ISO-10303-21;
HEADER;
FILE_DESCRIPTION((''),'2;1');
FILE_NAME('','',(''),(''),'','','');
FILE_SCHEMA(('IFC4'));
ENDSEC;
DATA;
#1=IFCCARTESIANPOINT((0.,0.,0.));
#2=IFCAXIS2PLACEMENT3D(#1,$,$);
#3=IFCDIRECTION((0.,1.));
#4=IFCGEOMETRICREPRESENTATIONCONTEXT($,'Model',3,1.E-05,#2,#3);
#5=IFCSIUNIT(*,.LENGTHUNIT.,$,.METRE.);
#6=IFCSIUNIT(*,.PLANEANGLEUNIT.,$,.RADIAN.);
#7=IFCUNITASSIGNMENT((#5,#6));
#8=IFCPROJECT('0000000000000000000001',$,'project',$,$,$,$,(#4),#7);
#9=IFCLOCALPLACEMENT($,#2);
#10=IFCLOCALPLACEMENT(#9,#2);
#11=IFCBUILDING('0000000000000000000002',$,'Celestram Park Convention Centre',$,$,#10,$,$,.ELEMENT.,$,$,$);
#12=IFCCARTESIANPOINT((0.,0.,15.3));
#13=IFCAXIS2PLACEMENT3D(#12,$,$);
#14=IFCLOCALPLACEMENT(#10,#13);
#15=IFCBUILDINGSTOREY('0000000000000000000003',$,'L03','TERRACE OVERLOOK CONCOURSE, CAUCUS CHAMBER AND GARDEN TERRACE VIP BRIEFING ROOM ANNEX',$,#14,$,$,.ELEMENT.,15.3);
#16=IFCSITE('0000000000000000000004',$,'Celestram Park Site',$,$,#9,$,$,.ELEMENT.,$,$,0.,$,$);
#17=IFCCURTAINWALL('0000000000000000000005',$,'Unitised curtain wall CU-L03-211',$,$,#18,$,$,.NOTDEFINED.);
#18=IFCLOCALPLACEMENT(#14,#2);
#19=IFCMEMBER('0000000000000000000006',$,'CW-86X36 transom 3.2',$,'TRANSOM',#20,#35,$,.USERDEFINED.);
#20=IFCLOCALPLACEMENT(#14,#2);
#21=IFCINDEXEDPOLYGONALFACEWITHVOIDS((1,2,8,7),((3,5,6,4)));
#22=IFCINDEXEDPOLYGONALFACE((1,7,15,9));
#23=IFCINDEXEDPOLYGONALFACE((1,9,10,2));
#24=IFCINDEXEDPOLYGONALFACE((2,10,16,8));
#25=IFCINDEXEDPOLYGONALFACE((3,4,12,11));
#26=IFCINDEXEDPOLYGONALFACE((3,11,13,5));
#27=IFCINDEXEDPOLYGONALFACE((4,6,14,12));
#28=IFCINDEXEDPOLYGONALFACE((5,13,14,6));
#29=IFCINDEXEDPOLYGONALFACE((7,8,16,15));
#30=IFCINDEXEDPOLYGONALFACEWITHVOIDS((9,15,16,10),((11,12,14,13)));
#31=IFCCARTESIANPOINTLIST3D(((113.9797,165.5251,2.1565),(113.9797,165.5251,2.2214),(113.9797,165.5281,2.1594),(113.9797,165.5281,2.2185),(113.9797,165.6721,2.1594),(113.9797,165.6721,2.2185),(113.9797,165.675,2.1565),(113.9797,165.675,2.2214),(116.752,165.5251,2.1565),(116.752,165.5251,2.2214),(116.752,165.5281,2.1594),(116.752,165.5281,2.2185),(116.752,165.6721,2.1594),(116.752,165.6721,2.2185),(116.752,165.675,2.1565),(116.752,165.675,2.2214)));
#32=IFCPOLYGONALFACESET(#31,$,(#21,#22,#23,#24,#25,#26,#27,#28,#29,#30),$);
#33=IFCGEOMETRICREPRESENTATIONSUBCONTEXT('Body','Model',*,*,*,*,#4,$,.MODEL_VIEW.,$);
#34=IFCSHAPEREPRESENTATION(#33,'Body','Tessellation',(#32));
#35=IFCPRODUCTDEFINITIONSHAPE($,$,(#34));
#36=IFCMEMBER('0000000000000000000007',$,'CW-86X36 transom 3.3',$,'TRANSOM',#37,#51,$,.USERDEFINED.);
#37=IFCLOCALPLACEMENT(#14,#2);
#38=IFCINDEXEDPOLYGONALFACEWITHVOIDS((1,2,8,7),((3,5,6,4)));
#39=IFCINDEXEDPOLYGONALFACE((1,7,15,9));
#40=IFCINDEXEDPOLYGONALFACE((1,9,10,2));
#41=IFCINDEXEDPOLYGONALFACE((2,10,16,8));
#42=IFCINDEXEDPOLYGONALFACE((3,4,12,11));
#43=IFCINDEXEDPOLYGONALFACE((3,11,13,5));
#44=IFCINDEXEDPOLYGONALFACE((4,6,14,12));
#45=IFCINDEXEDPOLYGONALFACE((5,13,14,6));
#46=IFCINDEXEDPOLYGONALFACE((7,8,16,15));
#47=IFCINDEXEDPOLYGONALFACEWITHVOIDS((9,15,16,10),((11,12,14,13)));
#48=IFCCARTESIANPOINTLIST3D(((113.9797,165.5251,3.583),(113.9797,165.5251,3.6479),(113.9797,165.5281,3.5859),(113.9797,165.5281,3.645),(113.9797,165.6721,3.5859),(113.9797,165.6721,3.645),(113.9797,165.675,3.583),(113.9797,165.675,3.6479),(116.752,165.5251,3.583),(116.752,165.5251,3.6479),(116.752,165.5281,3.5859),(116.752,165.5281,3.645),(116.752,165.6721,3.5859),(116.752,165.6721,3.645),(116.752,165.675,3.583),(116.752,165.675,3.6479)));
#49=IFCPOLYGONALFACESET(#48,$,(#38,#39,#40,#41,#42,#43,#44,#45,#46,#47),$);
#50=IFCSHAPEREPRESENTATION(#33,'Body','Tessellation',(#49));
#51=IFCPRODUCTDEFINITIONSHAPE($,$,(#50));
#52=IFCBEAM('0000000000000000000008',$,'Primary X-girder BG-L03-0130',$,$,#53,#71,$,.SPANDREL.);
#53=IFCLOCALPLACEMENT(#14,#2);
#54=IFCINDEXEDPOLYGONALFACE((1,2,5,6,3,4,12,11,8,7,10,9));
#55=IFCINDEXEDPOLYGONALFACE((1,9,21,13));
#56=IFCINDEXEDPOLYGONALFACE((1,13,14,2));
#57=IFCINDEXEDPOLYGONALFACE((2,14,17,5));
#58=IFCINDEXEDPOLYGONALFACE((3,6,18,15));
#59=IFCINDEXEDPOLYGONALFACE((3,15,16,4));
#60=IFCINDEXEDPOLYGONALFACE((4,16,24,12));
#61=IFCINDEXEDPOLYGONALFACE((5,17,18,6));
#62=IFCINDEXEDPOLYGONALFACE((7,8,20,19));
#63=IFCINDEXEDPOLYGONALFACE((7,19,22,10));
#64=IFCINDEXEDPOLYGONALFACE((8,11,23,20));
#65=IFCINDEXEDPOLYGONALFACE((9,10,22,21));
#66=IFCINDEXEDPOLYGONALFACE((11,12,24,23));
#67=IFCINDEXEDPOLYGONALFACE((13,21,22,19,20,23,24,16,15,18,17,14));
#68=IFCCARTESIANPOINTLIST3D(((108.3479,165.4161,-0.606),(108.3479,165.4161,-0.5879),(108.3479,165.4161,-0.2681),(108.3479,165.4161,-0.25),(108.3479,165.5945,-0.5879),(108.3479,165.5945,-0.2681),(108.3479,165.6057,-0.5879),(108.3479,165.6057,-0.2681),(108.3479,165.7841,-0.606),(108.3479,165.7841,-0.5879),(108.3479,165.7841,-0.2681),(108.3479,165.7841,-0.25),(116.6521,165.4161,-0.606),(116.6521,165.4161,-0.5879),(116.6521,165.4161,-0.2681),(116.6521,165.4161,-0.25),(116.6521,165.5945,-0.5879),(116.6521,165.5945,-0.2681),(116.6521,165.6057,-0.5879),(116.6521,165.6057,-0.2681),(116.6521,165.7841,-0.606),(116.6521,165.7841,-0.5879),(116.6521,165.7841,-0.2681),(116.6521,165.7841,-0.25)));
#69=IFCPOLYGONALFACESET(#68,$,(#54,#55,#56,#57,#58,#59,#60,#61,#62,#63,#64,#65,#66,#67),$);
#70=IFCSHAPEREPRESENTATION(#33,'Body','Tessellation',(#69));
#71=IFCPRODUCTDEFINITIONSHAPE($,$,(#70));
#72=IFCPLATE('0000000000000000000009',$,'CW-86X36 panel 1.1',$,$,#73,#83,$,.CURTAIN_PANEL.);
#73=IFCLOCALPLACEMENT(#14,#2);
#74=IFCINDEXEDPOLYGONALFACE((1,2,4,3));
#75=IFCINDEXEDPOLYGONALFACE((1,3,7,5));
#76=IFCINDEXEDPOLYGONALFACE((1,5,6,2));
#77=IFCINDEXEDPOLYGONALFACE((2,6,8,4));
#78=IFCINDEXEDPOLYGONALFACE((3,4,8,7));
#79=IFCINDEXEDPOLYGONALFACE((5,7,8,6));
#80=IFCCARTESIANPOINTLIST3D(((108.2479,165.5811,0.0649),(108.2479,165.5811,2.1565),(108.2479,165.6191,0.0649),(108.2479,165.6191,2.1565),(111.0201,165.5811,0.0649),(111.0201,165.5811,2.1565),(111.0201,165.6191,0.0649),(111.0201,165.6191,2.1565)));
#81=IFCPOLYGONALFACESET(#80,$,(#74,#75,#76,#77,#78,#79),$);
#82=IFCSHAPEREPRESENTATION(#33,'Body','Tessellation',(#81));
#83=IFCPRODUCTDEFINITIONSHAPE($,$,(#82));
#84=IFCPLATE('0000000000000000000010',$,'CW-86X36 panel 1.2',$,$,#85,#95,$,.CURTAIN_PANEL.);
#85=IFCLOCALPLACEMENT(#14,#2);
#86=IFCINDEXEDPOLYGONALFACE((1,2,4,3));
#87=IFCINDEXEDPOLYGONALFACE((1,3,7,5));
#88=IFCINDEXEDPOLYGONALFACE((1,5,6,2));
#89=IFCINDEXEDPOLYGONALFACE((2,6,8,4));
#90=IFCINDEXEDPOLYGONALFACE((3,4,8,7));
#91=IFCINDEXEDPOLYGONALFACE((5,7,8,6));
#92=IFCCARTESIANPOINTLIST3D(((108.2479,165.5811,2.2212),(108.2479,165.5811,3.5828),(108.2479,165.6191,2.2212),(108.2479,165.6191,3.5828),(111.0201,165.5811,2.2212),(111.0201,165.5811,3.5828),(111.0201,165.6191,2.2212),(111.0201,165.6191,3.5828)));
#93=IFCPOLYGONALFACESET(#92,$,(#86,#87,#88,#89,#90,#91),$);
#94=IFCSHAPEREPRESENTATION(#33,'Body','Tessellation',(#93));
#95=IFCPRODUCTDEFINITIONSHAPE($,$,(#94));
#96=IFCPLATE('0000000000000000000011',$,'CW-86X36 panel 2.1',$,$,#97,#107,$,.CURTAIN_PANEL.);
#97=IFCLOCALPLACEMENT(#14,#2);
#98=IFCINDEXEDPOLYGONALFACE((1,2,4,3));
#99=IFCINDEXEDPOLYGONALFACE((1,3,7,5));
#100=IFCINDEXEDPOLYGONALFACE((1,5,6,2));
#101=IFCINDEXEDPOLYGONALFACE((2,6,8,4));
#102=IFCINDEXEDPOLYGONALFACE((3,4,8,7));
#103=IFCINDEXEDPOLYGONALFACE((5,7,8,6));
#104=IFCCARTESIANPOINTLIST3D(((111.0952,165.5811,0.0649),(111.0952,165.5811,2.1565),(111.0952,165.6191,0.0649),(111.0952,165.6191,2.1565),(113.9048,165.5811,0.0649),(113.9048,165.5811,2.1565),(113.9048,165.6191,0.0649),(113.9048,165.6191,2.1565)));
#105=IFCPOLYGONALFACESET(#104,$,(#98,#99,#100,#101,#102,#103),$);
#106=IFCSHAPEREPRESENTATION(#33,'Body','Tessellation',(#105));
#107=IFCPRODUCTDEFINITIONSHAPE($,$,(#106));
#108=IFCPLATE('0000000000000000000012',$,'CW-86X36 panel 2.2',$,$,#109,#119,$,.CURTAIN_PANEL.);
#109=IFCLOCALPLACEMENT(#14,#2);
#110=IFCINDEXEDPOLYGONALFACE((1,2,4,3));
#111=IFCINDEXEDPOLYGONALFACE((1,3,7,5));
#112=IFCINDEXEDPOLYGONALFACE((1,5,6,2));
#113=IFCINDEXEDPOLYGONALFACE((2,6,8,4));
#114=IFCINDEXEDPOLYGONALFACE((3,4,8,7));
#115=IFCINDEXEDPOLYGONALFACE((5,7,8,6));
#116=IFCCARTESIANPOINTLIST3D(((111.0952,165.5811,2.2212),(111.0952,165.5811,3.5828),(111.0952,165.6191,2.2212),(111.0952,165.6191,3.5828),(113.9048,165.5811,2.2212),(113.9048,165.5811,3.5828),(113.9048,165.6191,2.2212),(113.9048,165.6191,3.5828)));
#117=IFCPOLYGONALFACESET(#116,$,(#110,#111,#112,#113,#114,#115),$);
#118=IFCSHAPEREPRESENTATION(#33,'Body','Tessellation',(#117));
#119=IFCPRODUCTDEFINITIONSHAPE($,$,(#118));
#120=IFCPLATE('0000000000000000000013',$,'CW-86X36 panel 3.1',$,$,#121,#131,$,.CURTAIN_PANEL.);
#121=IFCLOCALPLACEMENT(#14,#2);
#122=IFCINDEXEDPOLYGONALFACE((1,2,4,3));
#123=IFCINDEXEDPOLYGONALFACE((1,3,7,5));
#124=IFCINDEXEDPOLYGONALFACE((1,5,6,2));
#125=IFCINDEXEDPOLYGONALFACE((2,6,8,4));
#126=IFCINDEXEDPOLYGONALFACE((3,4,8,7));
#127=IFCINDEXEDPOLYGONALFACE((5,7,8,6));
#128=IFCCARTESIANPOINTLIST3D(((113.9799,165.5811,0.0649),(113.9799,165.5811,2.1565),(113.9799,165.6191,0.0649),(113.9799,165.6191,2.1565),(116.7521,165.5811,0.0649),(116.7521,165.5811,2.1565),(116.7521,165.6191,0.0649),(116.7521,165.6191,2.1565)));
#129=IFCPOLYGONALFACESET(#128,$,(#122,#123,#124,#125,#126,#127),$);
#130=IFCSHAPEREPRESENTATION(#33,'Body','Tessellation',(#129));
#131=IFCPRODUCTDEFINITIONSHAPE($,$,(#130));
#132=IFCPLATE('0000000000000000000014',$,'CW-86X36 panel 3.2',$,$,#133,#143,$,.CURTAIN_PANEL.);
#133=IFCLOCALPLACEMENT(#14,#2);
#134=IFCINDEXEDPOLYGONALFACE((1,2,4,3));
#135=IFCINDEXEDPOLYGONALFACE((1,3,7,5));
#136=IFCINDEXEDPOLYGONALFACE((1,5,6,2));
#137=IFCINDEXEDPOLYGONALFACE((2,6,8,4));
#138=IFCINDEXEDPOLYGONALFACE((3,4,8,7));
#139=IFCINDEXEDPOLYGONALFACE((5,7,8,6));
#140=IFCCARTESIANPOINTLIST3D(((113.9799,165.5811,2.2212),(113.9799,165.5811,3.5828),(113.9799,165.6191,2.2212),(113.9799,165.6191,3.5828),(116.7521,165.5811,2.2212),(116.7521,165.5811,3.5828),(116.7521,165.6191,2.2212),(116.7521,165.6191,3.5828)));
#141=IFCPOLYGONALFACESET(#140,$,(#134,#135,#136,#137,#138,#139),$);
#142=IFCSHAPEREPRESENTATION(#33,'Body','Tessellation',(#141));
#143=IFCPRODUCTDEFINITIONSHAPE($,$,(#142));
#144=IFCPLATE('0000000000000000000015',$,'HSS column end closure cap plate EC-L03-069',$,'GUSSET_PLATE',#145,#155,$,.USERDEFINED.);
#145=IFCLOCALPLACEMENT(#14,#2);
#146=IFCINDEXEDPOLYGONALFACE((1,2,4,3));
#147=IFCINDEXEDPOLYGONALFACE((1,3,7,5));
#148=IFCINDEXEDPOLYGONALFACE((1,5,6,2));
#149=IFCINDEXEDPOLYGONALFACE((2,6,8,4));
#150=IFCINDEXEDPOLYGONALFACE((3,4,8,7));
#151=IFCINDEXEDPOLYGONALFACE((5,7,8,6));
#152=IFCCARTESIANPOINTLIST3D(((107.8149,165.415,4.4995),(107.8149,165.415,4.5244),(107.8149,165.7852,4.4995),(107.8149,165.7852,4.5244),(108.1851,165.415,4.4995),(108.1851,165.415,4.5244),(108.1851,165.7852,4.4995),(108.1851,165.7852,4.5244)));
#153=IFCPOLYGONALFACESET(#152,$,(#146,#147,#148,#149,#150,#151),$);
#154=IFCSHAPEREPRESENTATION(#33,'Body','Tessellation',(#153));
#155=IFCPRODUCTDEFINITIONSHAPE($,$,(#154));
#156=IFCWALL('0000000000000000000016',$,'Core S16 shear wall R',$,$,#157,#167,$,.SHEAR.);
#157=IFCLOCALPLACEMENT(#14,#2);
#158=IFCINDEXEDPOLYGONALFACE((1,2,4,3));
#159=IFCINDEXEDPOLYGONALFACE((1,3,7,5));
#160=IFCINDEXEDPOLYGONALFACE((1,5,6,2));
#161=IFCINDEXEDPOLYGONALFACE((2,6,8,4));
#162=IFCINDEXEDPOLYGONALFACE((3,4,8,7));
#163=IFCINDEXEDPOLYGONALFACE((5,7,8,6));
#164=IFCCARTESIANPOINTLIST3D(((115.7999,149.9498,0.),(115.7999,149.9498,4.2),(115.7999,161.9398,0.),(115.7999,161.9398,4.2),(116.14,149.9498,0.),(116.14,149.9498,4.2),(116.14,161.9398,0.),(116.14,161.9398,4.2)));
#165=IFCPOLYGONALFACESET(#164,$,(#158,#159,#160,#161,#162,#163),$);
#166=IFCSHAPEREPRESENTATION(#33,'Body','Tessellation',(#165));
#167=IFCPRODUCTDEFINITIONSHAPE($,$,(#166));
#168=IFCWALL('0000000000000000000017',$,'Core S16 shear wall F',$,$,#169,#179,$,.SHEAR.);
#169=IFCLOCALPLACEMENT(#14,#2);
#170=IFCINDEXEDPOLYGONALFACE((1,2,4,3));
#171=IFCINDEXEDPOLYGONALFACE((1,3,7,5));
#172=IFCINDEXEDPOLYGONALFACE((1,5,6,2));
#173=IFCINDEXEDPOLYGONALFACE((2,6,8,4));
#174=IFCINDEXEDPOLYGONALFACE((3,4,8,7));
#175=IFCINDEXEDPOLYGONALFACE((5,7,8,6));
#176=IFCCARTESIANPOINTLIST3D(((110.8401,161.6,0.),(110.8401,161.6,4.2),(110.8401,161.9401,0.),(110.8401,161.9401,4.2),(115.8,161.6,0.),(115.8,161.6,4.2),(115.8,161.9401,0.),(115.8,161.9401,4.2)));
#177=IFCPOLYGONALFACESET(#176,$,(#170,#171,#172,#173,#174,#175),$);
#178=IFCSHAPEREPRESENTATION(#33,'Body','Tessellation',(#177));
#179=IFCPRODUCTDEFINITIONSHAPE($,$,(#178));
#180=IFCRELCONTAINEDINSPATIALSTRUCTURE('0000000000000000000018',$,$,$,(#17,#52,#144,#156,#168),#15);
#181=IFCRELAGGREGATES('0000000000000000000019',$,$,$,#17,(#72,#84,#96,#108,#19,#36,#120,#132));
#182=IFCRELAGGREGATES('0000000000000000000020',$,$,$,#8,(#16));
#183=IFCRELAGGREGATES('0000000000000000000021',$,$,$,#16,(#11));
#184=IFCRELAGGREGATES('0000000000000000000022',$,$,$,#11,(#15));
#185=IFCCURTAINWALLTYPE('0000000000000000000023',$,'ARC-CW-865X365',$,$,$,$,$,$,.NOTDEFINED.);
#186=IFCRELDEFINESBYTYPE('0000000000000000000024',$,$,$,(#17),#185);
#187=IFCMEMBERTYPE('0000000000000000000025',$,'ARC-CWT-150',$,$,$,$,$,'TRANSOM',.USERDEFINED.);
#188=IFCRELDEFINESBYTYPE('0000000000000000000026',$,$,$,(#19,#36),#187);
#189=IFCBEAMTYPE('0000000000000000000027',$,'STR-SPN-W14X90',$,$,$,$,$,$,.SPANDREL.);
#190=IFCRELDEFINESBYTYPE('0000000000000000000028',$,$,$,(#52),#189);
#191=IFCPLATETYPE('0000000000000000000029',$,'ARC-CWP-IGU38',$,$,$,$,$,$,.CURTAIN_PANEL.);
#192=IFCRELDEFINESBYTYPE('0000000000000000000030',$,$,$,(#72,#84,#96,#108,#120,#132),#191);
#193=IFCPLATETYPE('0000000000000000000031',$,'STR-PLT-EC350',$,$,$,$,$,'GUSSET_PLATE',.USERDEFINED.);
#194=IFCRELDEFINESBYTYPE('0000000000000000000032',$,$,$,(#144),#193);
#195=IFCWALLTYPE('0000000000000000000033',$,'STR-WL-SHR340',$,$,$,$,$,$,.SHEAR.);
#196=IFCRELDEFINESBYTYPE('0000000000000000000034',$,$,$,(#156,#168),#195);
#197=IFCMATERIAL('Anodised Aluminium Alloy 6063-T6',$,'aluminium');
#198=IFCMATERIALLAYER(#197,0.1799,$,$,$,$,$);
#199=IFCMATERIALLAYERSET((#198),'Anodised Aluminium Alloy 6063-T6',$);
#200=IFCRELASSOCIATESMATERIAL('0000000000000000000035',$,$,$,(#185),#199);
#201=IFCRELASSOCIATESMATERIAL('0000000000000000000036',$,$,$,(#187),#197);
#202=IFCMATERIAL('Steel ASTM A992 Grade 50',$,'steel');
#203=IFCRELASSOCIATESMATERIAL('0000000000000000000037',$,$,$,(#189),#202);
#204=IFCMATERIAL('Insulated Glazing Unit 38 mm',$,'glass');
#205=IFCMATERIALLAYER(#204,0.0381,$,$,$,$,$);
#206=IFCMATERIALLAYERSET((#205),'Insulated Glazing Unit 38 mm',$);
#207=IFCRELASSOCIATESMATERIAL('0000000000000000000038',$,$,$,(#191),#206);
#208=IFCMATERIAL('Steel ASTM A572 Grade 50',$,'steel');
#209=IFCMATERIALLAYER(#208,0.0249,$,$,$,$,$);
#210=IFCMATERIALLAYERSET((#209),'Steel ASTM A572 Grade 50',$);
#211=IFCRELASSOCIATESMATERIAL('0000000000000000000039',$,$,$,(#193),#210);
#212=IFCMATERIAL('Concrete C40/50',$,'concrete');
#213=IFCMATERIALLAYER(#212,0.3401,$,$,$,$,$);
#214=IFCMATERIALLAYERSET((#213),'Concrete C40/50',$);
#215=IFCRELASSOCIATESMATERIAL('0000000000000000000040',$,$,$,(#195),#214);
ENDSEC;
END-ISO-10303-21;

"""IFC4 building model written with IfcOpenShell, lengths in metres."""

from ifc_helpers import new_model, si_unit, direction, frame, frame_2d, origin, origin_2d, place, context, subcontext, project, spatial, rectangle, hollow_rectangle, i_section, extrude, material, layer, layer_set, material_profile, profile_set, type_object, element, aggregate, save


model = new_model("IFC4")

# Units and contexts
model_context = context("Model", 3, precision=1e-05, world=origin(), true_north=direction((0.0, 1.0)))
body_context = subcontext(model_context, "Body", "Model", "MODEL_VIEW")
ifc_project = project(units=[si_unit("LENGTHUNIT", "METRE"), si_unit("PLANEANGLEUNIT", "RADIAN")], contexts=[model_context])

# Site, building, storey
site_placement = place(None, origin())
site = spatial("IfcSite", under=ifc_project, at=site_placement, Name="Celestram Park Site", CompositionType="ELEMENT", RefElevation=0.0)
building_placement = place(site_placement, origin())
building = spatial("IfcBuilding", under=site, at=building_placement, Name="Celestram Park Convention Centre", CompositionType="ELEMENT")
storey_placement = place(building_placement, frame((0.0, 0.0, 15.3)))
storey = spatial("IfcBuildingStorey", under=building, at=storey_placement, Name="L03", Description="TERRACE OVERLOOK CONCOURSE, CAUCUS CHAMBER AND GARDEN TERRACE VIP BRIEFING ROOM ANNEX", CompositionType="ELEMENT", Elevation=15.3)

# Curtain wall, members
ifc_material_1 = material(Name="Anodised Aluminium Alloy 6063-T6", Category="aluminium")
ifc_layer_1 = layer(ifc_material_1, 0.1799)
ifc_layer_set_1 = layer_set([ifc_layer_1], Name="Anodised Aluminium Alloy 6063-T6")
curtain_wall_type = type_object("IfcCurtainWallType", Name="ARC-CW-865X365", PredefinedType="NOTDEFINED", material=ifc_layer_set_1)
curtain_wall_placement = place(storey_placement, origin())
curtain_wall = element("IfcCurtainWall", 1, at=curtain_wall_placement, inside=storey, type_object=curtain_wall_type, Name="Unitised curtain wall CU-L03-211", PredefinedType="NOTDEFINED")
ifc_material_profile_1 = material_profile(ifc_material_1, hollow_rectangle(XDim=0.1499, YDim=0.0649, WallThickness=0.0029, at=origin_2d()), Name="ALU150X65X3")
ifc_profile_set_1 = profile_set([ifc_material_profile_1], Name="Anodised Aluminium Alloy 6063-T6")
member_type_1 = type_object("IfcMemberType", Name="ARC-CWT-150", ElementType="TRANSOM", PredefinedType="USERDEFINED", material=ifc_profile_set_1)
member_1_placement = place(storey_placement, frame((113.9797, 165.6001, 2.189), z_axis=(1.0, 0.0, 0.0), x_axis=(0.0, 1.0, 0.0)))
member_1 = element("IfcMember", 2, at=member_1_placement, type_object=member_type_1, Name="CW-86X36 transom 3.2", ObjectType="TRANSOM", PredefinedType="USERDEFINED", context=body_context, shape_type="SweptSolid", body=[
    extrude(hollow_rectangle(XDim=0.1499, YDim=0.0649, WallThickness=0.0029, at=origin_2d()), origin(), (0.0, 0.0, 1.0), 2.7722),
])
member_2_placement = place(storey_placement, frame((113.9797, 165.6001, 3.6155), z_axis=(1.0, 0.0, 0.0), x_axis=(0.0, 1.0, 0.0)))
member_2 = element("IfcMember", 3, at=member_2_placement, type_object=member_type_1, Name="CW-86X36 transom 3.3", ObjectType="TRANSOM", PredefinedType="USERDEFINED", context=body_context, shape_type="SweptSolid", body=[
    extrude(hollow_rectangle(XDim=0.1499, YDim=0.0649, WallThickness=0.0029, at=origin_2d()), origin(), (0.0, 0.0, 1.0), 2.7722),
])

# Beam
ifc_material_2 = material(Name="Steel ASTM A992 Grade 50", Category="steel")
ifc_material_profile_2 = material_profile(ifc_material_2, i_section(OverallWidth=0.3679, OverallDepth=0.356, WebThickness=0.0112, FlangeThickness=0.0181, at=origin_2d()), Name="W14X90")
ifc_profile_set_2 = profile_set([ifc_material_profile_2], Name="Steel ASTM A992 Grade 50")
beam_type = type_object("IfcBeamType", Name="STR-SPN-W14X90", PredefinedType="SPANDREL", material=ifc_profile_set_2)
beam_placement = place(storey_placement, frame((108.3479, 165.6001, -0.428), z_axis=(1.0, 0.0, 0.0), x_axis=(0.0, 1.0, 0.0)))
element("IfcBeam", 4, at=beam_placement, inside=storey, type_object=beam_type, Name="Primary X-girder BG-L03-0130", PredefinedType="SPANDREL", context=body_context, shape_type="SweptSolid", body=[
    extrude(i_section(OverallWidth=0.3679, OverallDepth=0.356, WebThickness=0.0112, FlangeThickness=0.0181, at=origin_2d()), origin(), (0.0, 0.0, 1.0), 8.3042),
])

# Plates
ifc_material_3 = material(Name="Insulated Glazing Unit 38 mm", Category="glass")
ifc_layer_2 = layer(ifc_material_3, 0.0381)
ifc_layer_set_2 = layer_set([ifc_layer_2], Name="Insulated Glazing Unit 38 mm")
plate_type_1 = type_object("IfcPlateType", Name="ARC-CWP-IGU38", PredefinedType="CURTAIN_PANEL", material=ifc_layer_set_2)
plate_1_placement = place(storey_placement, frame((109.634, 165.6001, 0.0649), z_axis=(0.0, 0.0, 1.0), x_axis=(1.0, 0.0, 0.0)))
plate_1 = element("IfcPlate", 5, at=plate_1_placement, type_object=plate_type_1, Name="CW-86X36 panel 1.1", PredefinedType="CURTAIN_PANEL", context=body_context, shape_type="SweptSolid", body=[
    extrude(rectangle(XDim=2.7722, YDim=0.0381, at=origin_2d()), origin(), (0.0, 0.0, 1.0), 2.0916),
])
plate_2_placement = place(storey_placement, frame((109.634, 165.6001, 2.2212), z_axis=(0.0, 0.0, 1.0), x_axis=(1.0, 0.0, 0.0)))
plate_2 = element("IfcPlate", 6, at=plate_2_placement, type_object=plate_type_1, Name="CW-86X36 panel 1.2", PredefinedType="CURTAIN_PANEL", context=body_context, shape_type="SweptSolid", body=[
    extrude(rectangle(XDim=2.7722, YDim=0.0381, at=origin_2d()), origin(), (0.0, 0.0, 1.0), 1.3616),
])
plate_3_placement = place(storey_placement, frame((112.5, 165.6001, 0.0649), z_axis=(0.0, 0.0, 1.0), x_axis=(1.0, 0.0, 0.0)))
plate_3 = element("IfcPlate", 7, at=plate_3_placement, type_object=plate_type_1, Name="CW-86X36 panel 2.1", PredefinedType="CURTAIN_PANEL", context=body_context, shape_type="SweptSolid", body=[
    extrude(rectangle(XDim=2.8096, YDim=0.0381, at=origin_2d()), origin(), (0.0, 0.0, 1.0), 2.0916),
])
plate_4_placement = place(storey_placement, frame((112.5, 165.6001, 2.2212), z_axis=(0.0, 0.0, 1.0), x_axis=(1.0, 0.0, 0.0)))
plate_4 = element("IfcPlate", 8, at=plate_4_placement, type_object=plate_type_1, Name="CW-86X36 panel 2.2", PredefinedType="CURTAIN_PANEL", context=body_context, shape_type="SweptSolid", body=[
    extrude(rectangle(XDim=2.8096, YDim=0.0381, at=origin_2d()), origin(), (0.0, 0.0, 1.0), 1.3616),
])
plate_5_placement = place(storey_placement, frame((115.366, 165.6001, 0.0649), z_axis=(0.0, 0.0, 1.0), x_axis=(1.0, 0.0, 0.0)))
plate_5 = element("IfcPlate", 9, at=plate_5_placement, type_object=plate_type_1, Name="CW-86X36 panel 3.1", PredefinedType="CURTAIN_PANEL", context=body_context, shape_type="SweptSolid", body=[
    extrude(rectangle(XDim=2.7722, YDim=0.0381, at=origin_2d()), origin(), (0.0, 0.0, 1.0), 2.0916),
])
plate_6_placement = place(storey_placement, frame((115.366, 165.6001, 2.2212), z_axis=(0.0, 0.0, 1.0), x_axis=(1.0, 0.0, 0.0)))
plate_6 = element("IfcPlate", 10, at=plate_6_placement, type_object=plate_type_1, Name="CW-86X36 panel 3.2", PredefinedType="CURTAIN_PANEL", context=body_context, shape_type="SweptSolid", body=[
    extrude(rectangle(XDim=2.7722, YDim=0.0381, at=origin_2d()), origin(), (0.0, 0.0, 1.0), 1.3616),
])
aggregate(curtain_wall, [plate_1, plate_2, plate_3, plate_4, member_1, member_2, plate_5, plate_6])
ifc_material_4 = material(Name="Steel ASTM A572 Grade 50", Category="steel")
ifc_layer_3 = layer(ifc_material_4, 0.0249)
ifc_layer_set_3 = layer_set([ifc_layer_3], Name="Steel ASTM A572 Grade 50")
plate_type_2 = type_object("IfcPlateType", Name="STR-PLT-EC350", ElementType="GUSSET_PLATE", PredefinedType="USERDEFINED", material=ifc_layer_set_3)
plate_7_placement = place(storey_placement, frame((108.0, 165.6001, 4.4995), z_axis=(0.0, 0.0, 1.0), x_axis=(1.0, 0.0, 0.0)))
element("IfcPlate", 11, at=plate_7_placement, inside=storey, type_object=plate_type_2, Name="HSS column end closure cap plate EC-L03-069", ObjectType="GUSSET_PLATE", PredefinedType="USERDEFINED", context=body_context, shape_type="SweptSolid", body=[
    extrude(rectangle(XDim=0.3701, YDim=0.3701, at=origin_2d()), origin(), (0.0, 0.0, 1.0), 0.0249),
])

# Walls
ifc_material_5 = material(Name="Concrete C40/50", Category="concrete")
ifc_layer_4 = layer(ifc_material_5, 0.3401)
ifc_layer_set_4 = layer_set([ifc_layer_4], Name="Concrete C40/50")
wall_type = type_object("IfcWallType", Name="STR-WL-SHR340", PredefinedType="SHEAR", material=ifc_layer_set_4)
wall_1_placement = place(storey_placement, frame((115.97, 161.9399, 0.0), z_axis=(0.0, 0.0, 1.0), x_axis=(0.0, -1.0, 0.0)))
element("IfcWall", 12, at=wall_1_placement, inside=storey, type_object=wall_type, Name="Core S16 shear wall R", PredefinedType="SHEAR", context=body_context, shape_type="SweptSolid", body=[
    extrude(rectangle(XDim=11.99, YDim=0.3401, at=frame_2d((5.9951, 0.0))), origin(), (0.0, 0.0, 1.0), 4.2),
])
wall_2_placement = place(storey_placement, frame((110.8401, 161.77, 0.0), z_axis=(0.0, 0.0, 1.0), x_axis=(1.0, 0.0, 0.0)))
element("IfcWall", 13, at=wall_2_placement, inside=storey, type_object=wall_type, Name="Core S16 shear wall F", PredefinedType="SHEAR", context=body_context, shape_type="SweptSolid", body=[
    extrude(rectangle(XDim=4.96, YDim=0.3401, at=frame_2d((2.48, 0.0))), origin(), (0.0, 0.0, 1.0), 4.2),
])

save(model, "model.ifc")
